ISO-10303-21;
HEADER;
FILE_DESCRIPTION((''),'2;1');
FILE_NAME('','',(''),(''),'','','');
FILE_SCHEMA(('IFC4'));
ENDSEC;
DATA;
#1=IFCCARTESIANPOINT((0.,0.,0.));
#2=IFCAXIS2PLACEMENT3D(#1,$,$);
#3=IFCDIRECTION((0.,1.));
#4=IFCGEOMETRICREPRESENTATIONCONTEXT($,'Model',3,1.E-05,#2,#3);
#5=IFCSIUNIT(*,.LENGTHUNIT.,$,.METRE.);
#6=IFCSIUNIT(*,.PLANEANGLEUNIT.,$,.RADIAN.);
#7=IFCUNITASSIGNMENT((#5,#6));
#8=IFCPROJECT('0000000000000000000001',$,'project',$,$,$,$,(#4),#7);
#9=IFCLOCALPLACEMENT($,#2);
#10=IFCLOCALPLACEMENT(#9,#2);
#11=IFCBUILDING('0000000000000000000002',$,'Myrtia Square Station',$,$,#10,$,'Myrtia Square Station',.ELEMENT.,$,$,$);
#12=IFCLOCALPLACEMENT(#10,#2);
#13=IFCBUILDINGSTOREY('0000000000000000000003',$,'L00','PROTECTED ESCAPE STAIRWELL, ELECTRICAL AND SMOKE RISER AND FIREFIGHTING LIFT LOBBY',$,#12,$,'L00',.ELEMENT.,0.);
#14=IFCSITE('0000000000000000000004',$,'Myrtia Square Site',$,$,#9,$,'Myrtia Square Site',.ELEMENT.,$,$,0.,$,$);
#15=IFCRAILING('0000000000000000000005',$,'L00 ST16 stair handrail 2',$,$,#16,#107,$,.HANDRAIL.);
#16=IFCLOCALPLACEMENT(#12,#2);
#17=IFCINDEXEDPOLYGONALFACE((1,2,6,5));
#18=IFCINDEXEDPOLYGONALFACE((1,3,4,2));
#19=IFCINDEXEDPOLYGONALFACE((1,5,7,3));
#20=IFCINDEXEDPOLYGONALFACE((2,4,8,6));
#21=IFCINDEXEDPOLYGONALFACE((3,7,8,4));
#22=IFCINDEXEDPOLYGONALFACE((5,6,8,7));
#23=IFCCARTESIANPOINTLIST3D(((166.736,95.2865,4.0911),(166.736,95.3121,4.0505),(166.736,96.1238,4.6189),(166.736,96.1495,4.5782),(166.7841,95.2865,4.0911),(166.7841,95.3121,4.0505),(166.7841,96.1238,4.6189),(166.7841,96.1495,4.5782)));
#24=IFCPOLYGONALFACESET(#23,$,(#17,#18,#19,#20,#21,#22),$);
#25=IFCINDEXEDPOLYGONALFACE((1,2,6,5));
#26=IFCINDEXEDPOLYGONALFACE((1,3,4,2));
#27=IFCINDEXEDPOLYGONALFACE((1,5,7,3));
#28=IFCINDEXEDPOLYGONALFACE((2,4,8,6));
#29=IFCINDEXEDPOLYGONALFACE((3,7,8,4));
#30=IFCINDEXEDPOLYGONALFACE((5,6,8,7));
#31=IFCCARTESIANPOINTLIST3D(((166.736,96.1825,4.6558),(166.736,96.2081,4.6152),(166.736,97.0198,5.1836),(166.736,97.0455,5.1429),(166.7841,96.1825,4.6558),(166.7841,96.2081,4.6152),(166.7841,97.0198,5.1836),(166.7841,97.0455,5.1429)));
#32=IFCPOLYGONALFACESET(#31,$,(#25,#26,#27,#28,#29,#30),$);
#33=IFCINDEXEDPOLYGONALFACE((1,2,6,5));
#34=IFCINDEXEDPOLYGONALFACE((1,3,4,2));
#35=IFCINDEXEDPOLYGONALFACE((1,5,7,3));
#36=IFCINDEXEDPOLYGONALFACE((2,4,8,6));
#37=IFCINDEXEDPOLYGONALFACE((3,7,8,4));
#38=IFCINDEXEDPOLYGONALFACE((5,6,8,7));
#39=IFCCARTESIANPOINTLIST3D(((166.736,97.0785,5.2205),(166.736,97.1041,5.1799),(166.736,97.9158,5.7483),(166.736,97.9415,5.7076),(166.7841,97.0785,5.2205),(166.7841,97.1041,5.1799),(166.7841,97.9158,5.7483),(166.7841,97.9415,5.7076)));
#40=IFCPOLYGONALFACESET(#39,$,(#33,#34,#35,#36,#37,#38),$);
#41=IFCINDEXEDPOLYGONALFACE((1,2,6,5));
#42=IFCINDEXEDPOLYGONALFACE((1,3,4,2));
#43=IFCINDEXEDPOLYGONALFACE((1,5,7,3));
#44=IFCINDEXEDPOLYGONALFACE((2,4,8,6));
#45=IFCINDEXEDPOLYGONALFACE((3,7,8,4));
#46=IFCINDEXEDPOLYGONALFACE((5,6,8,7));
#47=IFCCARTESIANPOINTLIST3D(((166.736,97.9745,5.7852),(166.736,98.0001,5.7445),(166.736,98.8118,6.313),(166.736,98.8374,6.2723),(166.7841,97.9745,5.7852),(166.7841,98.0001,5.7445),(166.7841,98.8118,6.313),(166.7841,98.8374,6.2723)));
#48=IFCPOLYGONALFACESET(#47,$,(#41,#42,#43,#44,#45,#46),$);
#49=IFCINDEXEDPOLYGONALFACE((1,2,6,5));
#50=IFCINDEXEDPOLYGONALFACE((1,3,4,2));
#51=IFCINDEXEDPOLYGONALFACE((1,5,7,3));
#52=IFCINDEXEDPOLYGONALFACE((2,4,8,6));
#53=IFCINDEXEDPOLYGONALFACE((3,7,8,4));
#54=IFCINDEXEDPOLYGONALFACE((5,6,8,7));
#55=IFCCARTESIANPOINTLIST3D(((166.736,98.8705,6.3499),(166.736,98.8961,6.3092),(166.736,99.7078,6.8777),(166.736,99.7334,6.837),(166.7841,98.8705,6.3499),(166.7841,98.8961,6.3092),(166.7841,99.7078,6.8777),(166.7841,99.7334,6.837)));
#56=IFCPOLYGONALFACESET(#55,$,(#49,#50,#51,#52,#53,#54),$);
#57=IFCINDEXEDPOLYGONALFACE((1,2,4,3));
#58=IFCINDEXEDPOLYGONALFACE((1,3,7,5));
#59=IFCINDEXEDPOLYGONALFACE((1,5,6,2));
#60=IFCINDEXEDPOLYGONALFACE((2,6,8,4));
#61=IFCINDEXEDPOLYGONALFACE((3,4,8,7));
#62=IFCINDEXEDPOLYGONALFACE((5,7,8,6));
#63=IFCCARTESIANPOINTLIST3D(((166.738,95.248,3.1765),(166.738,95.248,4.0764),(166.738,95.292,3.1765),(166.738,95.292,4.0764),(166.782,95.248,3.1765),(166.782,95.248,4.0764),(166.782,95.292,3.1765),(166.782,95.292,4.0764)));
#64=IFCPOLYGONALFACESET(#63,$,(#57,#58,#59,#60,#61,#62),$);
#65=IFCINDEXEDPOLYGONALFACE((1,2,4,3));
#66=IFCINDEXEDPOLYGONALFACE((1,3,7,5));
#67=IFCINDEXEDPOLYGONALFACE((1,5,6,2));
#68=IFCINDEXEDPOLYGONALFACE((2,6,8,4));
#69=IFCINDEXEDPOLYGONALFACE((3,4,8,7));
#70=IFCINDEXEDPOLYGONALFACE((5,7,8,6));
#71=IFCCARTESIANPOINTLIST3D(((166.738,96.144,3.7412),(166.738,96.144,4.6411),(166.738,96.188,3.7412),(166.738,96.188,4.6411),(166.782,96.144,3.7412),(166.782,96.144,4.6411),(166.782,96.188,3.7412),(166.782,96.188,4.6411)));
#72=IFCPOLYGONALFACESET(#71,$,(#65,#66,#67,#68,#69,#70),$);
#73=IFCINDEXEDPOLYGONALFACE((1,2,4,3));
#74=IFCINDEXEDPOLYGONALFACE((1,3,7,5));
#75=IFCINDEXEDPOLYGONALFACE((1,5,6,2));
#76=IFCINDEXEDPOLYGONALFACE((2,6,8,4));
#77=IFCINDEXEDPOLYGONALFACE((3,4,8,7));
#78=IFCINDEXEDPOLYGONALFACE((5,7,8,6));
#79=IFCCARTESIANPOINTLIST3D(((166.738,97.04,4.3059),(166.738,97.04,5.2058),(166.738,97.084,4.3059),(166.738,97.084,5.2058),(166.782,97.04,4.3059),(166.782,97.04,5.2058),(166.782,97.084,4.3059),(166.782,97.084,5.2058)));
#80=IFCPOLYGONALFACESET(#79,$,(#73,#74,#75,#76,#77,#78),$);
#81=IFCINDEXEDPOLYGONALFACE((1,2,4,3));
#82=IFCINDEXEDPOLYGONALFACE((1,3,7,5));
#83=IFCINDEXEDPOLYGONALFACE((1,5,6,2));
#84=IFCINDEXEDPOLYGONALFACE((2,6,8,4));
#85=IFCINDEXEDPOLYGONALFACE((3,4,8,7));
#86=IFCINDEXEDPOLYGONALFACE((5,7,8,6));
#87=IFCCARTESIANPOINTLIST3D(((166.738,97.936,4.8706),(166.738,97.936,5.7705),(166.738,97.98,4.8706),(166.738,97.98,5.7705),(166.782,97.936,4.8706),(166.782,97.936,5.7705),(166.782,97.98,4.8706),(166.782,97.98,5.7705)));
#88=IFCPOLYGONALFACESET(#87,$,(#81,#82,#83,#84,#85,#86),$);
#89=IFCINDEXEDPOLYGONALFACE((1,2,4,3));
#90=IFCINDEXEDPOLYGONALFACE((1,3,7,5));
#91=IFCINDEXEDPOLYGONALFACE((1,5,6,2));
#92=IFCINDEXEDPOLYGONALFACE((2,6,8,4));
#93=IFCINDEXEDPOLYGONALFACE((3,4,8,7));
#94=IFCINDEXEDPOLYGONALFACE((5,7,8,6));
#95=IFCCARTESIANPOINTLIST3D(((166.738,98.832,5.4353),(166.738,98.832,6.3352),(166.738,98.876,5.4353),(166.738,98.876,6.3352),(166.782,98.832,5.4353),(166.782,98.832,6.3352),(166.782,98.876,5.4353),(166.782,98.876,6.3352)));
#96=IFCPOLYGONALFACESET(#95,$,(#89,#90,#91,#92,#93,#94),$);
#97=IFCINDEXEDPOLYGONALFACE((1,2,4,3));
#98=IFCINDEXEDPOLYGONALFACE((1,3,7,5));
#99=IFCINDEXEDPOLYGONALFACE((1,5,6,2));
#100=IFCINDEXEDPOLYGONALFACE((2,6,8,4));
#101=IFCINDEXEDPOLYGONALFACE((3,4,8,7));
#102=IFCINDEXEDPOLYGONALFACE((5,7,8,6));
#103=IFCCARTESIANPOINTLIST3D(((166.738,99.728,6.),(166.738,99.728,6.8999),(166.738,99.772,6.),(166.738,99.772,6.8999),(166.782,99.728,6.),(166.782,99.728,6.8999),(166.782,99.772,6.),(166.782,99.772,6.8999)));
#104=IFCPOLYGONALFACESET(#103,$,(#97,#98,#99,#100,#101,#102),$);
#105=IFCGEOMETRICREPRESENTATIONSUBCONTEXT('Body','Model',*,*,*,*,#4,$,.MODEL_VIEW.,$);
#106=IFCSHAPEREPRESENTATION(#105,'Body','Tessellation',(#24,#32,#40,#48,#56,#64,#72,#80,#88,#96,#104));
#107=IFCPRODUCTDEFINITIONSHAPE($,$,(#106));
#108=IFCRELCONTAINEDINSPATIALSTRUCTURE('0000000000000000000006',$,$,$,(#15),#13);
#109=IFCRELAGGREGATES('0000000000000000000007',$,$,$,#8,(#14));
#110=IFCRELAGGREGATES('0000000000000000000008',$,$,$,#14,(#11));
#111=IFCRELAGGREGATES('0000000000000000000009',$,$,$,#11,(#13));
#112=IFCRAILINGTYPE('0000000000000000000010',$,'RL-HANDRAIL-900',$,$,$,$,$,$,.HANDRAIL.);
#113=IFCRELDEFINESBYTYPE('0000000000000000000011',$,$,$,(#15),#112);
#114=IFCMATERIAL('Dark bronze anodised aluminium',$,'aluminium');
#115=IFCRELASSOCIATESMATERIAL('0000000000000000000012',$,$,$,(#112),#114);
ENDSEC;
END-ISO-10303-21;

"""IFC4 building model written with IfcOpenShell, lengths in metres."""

from ifc_helpers import new_model, si_unit, direction, frame, origin, origin_2d, place, context, subcontext, project, spatial, rectangle, extrude, material, type_object, element, save


model = new_model("IFC4")

# Units and contexts
model_context = context("Model", 3, precision=1e-05, world=origin(), true_north=direction((0.0, 1.0)))
body_context = subcontext(model_context, "Body", "Model", "MODEL_VIEW")
ifc_project = project(units=[si_unit("LENGTHUNIT", "METRE"), si_unit("PLANEANGLEUNIT", "RADIAN")], contexts=[model_context])

# Site, building, storey
site_placement = place(None, origin())
site = spatial("IfcSite", under=ifc_project, at=site_placement, Name="Myrtia Square Site", LongName="Myrtia Square Site", CompositionType="ELEMENT", RefElevation=0.0)
building_placement = place(site_placement, origin())
building = spatial("IfcBuilding", under=site, at=building_placement, Name="Myrtia Square Station", LongName="Myrtia Square Station", CompositionType="ELEMENT")
storey_placement = place(building_placement, origin())
storey = spatial("IfcBuildingStorey", under=building, at=storey_placement, Name="L00", Description="PROTECTED ESCAPE STAIRWELL, ELECTRICAL AND SMOKE RISER AND FIREFIGHTING LIFT LOBBY", LongName="L00", CompositionType="ELEMENT", Elevation=0.0)

# Shared definitions
ifc_material_1 = material(Name="Dark bronze anodised aluminium", Category="aluminium")

# Railing
railing_type_1 = type_object("IfcRailingType", Name="RL-HANDRAIL-900", PredefinedType="HANDRAIL", material=ifc_material_1)
railing_1_placement = place(storey_placement, frame((166.76, 95.27, 3.1765)))
element("IfcRailing", 1, at=railing_1_placement, inside=storey, type_object=railing_type_1, Name="L00 ST16 stair handrail 2", PredefinedType="HANDRAIL", context=body_context, shape_type="SweptSolid", body=[
    extrude(rectangle(XDim=0.0481, YDim=0.0481, at=origin_2d()), frame((0.0, 0.0293, 0.8943), z_axis=(0.0, 0.845998, 0.533186), x_axis=(-1.0, 0.0, 0.0)), (0.0, 0.0, 1.0), 0.9897),
    extrude(rectangle(XDim=0.0481, YDim=0.0481, at=origin_2d()), frame((0.0, 0.9253, 1.459), z_axis=(0.0, 0.845998, 0.533186), x_axis=(-1.0, 0.0, 0.0)), (0.0, 0.0, 1.0), 0.9897),
    extrude(rectangle(XDim=0.0481, YDim=0.0481, at=origin_2d()), frame((0.0, 1.8213, 2.0237), z_axis=(0.0, 0.845998, 0.533186), x_axis=(-1.0, 0.0, 0.0)), (0.0, 0.0, 1.0), 0.9897),
    extrude(rectangle(XDim=0.0481, YDim=0.0481, at=origin_2d()), frame((0.0, 2.7173, 2.5884), z_axis=(0.0, 0.845998, 0.533186), x_axis=(-1.0, 0.0, 0.0)), (0.0, 0.0, 1.0), 0.9897),
    extrude(rectangle(XDim=0.0481, YDim=0.0481, at=origin_2d()), frame((0.0, 3.6133, 3.1531), z_axis=(0.0, 0.845998, 0.533186), x_axis=(-1.0, 0.0, 0.0)), (0.0, 0.0, 1.0), 0.9897),
    extrude(rectangle(XDim=0.0439, YDim=0.0439, at=origin_2d()), origin(), (0.0, 0.0, 1.0), 0.8999),
    extrude(rectangle(XDim=0.0439, YDim=0.0439, at=origin_2d()), frame((0.0, 0.896, 0.5647)), (0.0, 0.0, 1.0), 0.8999),
    extrude(rectangle(XDim=0.0439, YDim=0.0439, at=origin_2d()), frame((0.0, 1.792, 1.1294)), (0.0, 0.0, 1.0), 0.8999),
    extrude(rectangle(XDim=0.0439, YDim=0.0439, at=origin_2d()), frame((0.0, 2.688, 1.6941)), (0.0, 0.0, 1.0), 0.8999),
    extrude(rectangle(XDim=0.0439, YDim=0.0439, at=origin_2d()), frame((0.0, 3.584, 2.2588)), (0.0, 0.0, 1.0), 0.8999),
    extrude(rectangle(XDim=0.0439, YDim=0.0439, at=origin_2d()), frame((0.0, 4.48, 2.8235)), (0.0, 0.0, 1.0), 0.8999),
])

save(model, "model.ifc")
